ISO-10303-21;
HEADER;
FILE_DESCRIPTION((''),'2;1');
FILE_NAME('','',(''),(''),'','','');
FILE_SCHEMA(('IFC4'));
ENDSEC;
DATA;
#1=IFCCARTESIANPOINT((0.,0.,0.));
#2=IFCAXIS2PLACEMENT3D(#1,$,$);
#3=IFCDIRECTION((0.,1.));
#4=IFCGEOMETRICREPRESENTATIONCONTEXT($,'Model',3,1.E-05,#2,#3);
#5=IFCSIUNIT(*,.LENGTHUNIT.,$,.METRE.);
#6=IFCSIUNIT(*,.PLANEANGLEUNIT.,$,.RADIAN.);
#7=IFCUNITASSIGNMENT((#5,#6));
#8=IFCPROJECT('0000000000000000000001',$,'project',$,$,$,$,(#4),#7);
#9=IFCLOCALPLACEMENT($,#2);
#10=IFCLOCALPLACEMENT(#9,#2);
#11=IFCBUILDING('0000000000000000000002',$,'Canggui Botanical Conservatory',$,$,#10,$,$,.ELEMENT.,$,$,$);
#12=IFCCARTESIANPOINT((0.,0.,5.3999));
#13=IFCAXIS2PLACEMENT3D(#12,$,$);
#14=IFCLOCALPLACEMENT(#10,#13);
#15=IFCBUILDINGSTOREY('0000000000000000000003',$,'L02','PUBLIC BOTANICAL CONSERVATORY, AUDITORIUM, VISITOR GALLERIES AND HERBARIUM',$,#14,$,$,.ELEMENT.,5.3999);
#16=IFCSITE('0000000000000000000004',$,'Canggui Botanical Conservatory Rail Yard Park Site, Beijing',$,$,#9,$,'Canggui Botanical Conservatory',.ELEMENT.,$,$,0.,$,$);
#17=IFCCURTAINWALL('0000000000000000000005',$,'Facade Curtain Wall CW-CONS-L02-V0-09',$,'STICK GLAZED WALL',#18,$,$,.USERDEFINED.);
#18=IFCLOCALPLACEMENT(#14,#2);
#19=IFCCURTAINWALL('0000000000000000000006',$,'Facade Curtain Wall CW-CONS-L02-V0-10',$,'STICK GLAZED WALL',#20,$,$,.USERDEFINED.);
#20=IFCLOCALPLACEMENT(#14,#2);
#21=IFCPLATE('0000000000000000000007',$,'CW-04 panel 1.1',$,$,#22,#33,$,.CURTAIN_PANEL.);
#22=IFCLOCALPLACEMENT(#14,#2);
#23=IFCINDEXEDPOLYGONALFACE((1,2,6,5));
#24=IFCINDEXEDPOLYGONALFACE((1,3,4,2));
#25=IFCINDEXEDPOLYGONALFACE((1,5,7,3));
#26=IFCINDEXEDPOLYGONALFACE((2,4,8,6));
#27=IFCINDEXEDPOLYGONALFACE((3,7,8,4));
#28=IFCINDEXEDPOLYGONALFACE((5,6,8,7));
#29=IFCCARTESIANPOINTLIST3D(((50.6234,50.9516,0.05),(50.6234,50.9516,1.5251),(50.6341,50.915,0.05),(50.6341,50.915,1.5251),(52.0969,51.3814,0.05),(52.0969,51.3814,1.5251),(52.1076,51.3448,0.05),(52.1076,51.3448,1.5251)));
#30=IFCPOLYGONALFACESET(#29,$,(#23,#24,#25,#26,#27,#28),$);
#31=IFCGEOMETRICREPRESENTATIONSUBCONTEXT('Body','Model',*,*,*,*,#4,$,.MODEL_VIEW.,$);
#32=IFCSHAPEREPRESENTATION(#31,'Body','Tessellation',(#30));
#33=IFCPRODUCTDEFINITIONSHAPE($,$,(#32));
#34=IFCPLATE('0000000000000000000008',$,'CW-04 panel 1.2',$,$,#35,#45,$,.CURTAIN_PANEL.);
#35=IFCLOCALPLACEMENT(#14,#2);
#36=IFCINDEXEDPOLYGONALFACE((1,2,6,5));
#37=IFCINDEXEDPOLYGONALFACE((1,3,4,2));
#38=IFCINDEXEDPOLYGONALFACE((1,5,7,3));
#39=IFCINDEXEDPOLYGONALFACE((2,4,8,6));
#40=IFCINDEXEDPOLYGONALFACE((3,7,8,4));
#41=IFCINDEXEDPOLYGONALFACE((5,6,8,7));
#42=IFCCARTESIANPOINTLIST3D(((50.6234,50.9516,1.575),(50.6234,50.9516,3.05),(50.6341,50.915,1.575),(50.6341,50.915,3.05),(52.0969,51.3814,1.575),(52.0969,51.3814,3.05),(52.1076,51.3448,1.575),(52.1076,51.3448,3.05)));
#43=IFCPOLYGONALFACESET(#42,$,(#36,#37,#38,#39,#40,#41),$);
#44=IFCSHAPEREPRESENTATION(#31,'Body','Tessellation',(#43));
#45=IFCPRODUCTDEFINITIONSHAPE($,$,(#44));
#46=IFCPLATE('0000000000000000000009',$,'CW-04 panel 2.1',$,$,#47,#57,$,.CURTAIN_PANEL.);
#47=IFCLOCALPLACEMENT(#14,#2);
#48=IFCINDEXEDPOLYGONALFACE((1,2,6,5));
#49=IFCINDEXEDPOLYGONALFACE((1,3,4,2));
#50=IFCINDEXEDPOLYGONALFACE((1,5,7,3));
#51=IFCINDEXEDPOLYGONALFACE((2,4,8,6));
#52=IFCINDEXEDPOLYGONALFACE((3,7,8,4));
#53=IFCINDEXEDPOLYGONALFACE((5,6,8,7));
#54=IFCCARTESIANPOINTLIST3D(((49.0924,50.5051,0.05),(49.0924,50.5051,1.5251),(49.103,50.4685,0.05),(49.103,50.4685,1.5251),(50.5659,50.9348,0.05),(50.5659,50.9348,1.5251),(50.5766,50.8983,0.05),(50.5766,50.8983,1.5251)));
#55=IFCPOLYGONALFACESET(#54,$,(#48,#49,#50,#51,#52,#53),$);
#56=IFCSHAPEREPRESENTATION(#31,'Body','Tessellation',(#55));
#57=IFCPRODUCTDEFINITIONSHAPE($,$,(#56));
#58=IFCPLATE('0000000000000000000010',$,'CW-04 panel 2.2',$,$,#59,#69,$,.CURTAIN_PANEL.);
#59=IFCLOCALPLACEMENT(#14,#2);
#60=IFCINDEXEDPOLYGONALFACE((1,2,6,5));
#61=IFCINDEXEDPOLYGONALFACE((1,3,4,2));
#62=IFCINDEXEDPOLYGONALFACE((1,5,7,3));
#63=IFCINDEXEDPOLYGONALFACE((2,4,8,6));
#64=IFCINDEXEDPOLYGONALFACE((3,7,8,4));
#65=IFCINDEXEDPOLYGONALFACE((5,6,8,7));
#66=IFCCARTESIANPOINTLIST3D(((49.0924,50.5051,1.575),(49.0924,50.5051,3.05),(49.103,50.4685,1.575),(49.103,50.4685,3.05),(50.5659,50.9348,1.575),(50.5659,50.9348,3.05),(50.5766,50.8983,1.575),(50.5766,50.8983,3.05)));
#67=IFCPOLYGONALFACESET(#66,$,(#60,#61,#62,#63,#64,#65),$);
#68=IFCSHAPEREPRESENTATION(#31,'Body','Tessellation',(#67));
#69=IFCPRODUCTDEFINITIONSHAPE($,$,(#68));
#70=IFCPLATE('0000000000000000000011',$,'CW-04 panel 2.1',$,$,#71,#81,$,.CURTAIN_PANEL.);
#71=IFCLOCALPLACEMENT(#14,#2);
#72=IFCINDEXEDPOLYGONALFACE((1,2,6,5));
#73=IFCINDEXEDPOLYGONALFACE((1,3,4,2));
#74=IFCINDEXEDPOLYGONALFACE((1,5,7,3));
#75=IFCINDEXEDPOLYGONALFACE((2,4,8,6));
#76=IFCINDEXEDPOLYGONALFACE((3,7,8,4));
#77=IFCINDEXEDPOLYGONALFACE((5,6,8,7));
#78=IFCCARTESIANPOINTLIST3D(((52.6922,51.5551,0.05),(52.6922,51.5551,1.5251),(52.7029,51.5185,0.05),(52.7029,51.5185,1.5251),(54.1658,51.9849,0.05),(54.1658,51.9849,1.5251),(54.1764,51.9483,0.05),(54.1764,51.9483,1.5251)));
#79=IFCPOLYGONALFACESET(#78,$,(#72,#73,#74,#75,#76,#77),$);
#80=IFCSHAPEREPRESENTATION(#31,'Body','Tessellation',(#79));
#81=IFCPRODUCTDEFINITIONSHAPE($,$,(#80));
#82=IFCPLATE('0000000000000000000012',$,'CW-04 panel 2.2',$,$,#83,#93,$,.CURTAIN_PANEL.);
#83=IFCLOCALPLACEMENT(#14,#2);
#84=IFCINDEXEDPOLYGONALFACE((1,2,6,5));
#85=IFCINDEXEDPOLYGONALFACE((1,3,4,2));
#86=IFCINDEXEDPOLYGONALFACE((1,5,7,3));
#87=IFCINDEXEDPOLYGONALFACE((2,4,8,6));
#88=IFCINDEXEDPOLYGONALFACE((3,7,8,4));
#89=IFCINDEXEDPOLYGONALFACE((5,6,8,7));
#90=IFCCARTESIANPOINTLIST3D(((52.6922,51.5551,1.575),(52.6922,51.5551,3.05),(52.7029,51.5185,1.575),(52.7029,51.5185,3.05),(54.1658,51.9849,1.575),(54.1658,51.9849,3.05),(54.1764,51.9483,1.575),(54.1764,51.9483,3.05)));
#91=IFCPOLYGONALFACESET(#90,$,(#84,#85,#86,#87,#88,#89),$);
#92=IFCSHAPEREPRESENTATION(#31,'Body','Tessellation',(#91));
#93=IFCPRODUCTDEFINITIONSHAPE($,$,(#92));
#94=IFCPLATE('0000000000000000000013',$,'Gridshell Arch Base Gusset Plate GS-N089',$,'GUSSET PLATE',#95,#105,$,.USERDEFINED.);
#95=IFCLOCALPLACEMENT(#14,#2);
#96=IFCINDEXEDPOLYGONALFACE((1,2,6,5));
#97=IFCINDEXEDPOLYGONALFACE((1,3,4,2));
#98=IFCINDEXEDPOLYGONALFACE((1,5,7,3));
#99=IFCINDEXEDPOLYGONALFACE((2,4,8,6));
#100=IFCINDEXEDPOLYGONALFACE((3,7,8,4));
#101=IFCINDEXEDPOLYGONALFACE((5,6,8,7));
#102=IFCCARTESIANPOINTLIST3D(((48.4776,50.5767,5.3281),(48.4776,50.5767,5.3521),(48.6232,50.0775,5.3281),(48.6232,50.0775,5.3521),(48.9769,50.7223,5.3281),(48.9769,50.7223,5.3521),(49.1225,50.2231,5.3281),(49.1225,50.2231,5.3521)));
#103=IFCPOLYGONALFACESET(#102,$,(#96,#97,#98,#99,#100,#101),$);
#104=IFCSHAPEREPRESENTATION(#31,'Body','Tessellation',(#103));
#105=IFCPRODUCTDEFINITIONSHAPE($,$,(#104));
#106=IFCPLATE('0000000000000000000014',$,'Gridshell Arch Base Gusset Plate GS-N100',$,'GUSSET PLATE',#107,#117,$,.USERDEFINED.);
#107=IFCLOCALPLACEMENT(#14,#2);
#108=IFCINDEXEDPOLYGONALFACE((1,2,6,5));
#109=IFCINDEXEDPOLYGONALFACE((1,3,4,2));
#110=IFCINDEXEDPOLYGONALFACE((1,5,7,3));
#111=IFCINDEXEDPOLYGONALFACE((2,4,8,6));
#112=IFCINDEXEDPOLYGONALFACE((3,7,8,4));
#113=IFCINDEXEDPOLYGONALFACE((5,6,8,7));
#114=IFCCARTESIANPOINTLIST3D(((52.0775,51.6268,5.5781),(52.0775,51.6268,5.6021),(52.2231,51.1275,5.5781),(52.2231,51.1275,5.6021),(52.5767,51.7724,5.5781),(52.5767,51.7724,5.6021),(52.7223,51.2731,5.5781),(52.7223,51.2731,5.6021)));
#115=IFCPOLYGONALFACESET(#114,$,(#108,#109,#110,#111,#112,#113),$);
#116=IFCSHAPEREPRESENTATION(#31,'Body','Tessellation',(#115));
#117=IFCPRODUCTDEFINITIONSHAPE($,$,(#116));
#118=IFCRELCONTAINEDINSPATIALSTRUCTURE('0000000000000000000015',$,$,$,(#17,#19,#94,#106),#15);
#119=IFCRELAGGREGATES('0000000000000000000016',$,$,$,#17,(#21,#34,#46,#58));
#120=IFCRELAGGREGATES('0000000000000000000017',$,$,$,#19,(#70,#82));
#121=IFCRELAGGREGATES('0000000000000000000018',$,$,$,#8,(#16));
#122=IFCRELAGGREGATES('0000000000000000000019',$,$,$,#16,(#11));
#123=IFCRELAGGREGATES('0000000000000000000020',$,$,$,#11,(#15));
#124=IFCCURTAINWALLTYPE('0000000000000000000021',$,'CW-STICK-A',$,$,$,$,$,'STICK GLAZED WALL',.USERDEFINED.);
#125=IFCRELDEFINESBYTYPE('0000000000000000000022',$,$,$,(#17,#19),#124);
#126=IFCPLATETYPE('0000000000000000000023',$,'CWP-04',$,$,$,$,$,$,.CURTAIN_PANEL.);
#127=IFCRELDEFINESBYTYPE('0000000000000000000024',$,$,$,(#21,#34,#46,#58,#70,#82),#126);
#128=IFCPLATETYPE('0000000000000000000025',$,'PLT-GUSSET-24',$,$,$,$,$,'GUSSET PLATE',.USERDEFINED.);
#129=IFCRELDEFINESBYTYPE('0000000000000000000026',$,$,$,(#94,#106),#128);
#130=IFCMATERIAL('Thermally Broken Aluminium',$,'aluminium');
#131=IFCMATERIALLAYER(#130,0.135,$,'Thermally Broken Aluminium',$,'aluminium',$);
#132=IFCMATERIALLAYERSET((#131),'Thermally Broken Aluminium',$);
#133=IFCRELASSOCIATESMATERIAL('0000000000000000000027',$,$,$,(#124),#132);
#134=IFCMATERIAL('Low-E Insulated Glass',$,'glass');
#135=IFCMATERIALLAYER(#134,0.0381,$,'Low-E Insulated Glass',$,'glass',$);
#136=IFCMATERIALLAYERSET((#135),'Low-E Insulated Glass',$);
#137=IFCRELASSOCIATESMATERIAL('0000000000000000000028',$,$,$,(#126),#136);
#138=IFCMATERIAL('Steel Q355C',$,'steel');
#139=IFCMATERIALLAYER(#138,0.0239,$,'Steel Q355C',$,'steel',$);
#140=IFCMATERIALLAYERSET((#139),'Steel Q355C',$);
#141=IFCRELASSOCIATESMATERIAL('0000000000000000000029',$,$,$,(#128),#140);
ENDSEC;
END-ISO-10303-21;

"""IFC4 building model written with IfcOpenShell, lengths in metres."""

from ifc_helpers import new_model, si_unit, direction, frame, origin, origin_2d, place, context, subcontext, project, spatial, rectangle, extrude, material, layer, layer_set, type_object, element, aggregate, save


model = new_model("IFC4")

# Units and contexts
model_context = context("Model", 3, precision=1e-05, world=origin(), true_north=direction((0.0, 1.0)))
body_context = subcontext(model_context, "Body", "Model", "MODEL_VIEW")
ifc_project = project(units=[si_unit("LENGTHUNIT", "METRE"), si_unit("PLANEANGLEUNIT", "RADIAN")], contexts=[model_context])

# Site, building, storey
site_placement = place(None, origin())
site = spatial("IfcSite", under=ifc_project, at=site_placement, Name="Canggui Botanical Conservatory Rail Yard Park Site, Beijing", LongName="Canggui Botanical Conservatory", CompositionType="ELEMENT", RefElevation=0.0)
building_placement = place(site_placement, origin())
building = spatial("IfcBuilding", under=site, at=building_placement, Name="Canggui Botanical Conservatory", CompositionType="ELEMENT")
storey_placement = place(building_placement, frame((0.0, 0.0, 5.3999)))
storey = spatial("IfcBuildingStorey", under=building, at=storey_placement, Name="L02", Description="PUBLIC BOTANICAL CONSERVATORY, AUDITORIUM, VISITOR GALLERIES AND HERBARIUM", CompositionType="ELEMENT", Elevation=5.3999)

# Shared definitions
ifc_material_1 = material(Name="Steel Q355C", Category="steel")

# Shared definitions
ifc_material_2 = material(Name="Thermally Broken Aluminium", Category="aluminium")
ifc_layer_1 = layer(ifc_material_2, 0.135, Name="Thermally Broken Aluminium", Category="aluminium")
ifc_layer_set_1 = layer_set([ifc_layer_1], Name="Thermally Broken Aluminium")
curtain_wall_type = type_object("IfcCurtainWallType", Name="CW-STICK-A", ElementType="STICK GLAZED WALL", PredefinedType="USERDEFINED", material=ifc_layer_set_1)

# Curtain walls
curtain_wall_1_placement = place(storey_placement, origin())
curtain_wall_1 = element("IfcCurtainWall", 1, at=curtain_wall_1_placement, inside=storey, type_object=curtain_wall_type, Name="Facade Curtain Wall CW-CONS-L02-V0-09", ObjectType="STICK GLAZED WALL", PredefinedType="USERDEFINED")
curtain_wall_2_placement = place(storey_placement, origin())
curtain_wall_2 = element("IfcCurtainWall", 2, at=curtain_wall_2_placement, inside=storey, type_object=curtain_wall_type, Name="Facade Curtain Wall CW-CONS-L02-V0-10", ObjectType="STICK GLAZED WALL", PredefinedType="USERDEFINED")

# Plates
ifc_material_3 = material(Name="Low-E Insulated Glass", Category="glass")
ifc_layer_2 = layer(ifc_material_3, 0.0381, Name="Low-E Insulated Glass", Category="glass")
ifc_layer_set_2 = layer_set([ifc_layer_2], Name="Low-E Insulated Glass")
plate_type_1 = type_object("IfcPlateType", Name="CWP-04", PredefinedType="CURTAIN_PANEL", material=ifc_layer_set_2)
plate_1_placement = place(storey_placement, frame((51.3655, 51.1482, 0.05), z_axis=(0.0, 0.0, 1.0), x_axis=(-0.96, -0.28, 0.0)))
plate_1 = element("IfcPlate", 3, at=plate_1_placement, type_object=plate_type_1, Name="CW-04 panel 1.1", PredefinedType="CURTAIN_PANEL", context=body_context, shape_type="SweptSolid", body=[
    extrude(rectangle(XDim=1.5349, YDim=0.0381, at=origin_2d()), origin(), (0.0, 0.0, 1.0), 1.4751),
])
plate_2_placement = place(storey_placement, frame((51.3655, 51.1482, 1.575), z_axis=(0.0, 0.0, 1.0), x_axis=(-0.96, -0.28, 0.0)))
plate_2 = element("IfcPlate", 4, at=plate_2_placement, type_object=plate_type_1, Name="CW-04 panel 1.2", PredefinedType="CURTAIN_PANEL", context=body_context, shape_type="SweptSolid", body=[
    extrude(rectangle(XDim=1.5349, YDim=0.0381, at=origin_2d()), origin(), (0.0, 0.0, 1.0), 1.4751),
])
plate_3_placement = place(storey_placement, frame((49.8345, 50.7017, 0.05), z_axis=(0.0, 0.0, 1.0), x_axis=(-0.96, -0.28, 0.0)))
plate_3 = element("IfcPlate", 5, at=plate_3_placement, type_object=plate_type_1, Name="CW-04 panel 2.1", PredefinedType="CURTAIN_PANEL", context=body_context, shape_type="SweptSolid", body=[
    extrude(rectangle(XDim=1.5349, YDim=0.0381, at=origin_2d()), origin(), (0.0, 0.0, 1.0), 1.4751),
])
plate_4_placement = place(storey_placement, frame((49.8345, 50.7017, 1.575), z_axis=(0.0, 0.0, 1.0), x_axis=(-0.96, -0.28, 0.0)))
plate_4 = element("IfcPlate", 6, at=plate_4_placement, type_object=plate_type_1, Name="CW-04 panel 2.2", PredefinedType="CURTAIN_PANEL", context=body_context, shape_type="SweptSolid", body=[
    extrude(rectangle(XDim=1.5349, YDim=0.0381, at=origin_2d()), origin(), (0.0, 0.0, 1.0), 1.4751),
])
aggregate(curtain_wall_1, [plate_1, plate_2, plate_3, plate_4])
plate_5_placement = place(storey_placement, frame((53.4343, 51.7517, 0.05), z_axis=(0.0, 0.0, 1.0), x_axis=(-0.96, -0.28, 0.0)))
plate_5 = element("IfcPlate", 7, at=plate_5_placement, type_object=plate_type_1, Name="CW-04 panel 2.1", PredefinedType="CURTAIN_PANEL", context=body_context, shape_type="SweptSolid", body=[
    extrude(rectangle(XDim=1.5349, YDim=0.0381, at=origin_2d()), origin(), (0.0, 0.0, 1.0), 1.4751),
])
plate_6_placement = place(storey_placement, frame((53.4343, 51.7517, 1.575), z_axis=(0.0, 0.0, 1.0), x_axis=(-0.96, -0.28, 0.0)))
plate_6 = element("IfcPlate", 8, at=plate_6_placement, type_object=plate_type_1, Name="CW-04 panel 2.2", PredefinedType="CURTAIN_PANEL", context=body_context, shape_type="SweptSolid", body=[
    extrude(rectangle(XDim=1.5349, YDim=0.0381, at=origin_2d()), origin(), (0.0, 0.0, 1.0), 1.4751),
])
aggregate(curtain_wall_2, [plate_5, plate_6])

# Plates
ifc_layer_3 = layer(ifc_material_1, 0.0239, Name="Steel Q355C", Category="steel")
ifc_layer_set_3 = layer_set([ifc_layer_3], Name="Steel Q355C")
plate_type_2 = type_object("IfcPlateType", Name="PLT-GUSSET-24", ElementType="GUSSET PLATE", PredefinedType="USERDEFINED", material=ifc_layer_set_3)
for number, where, z_axis, x_axis, name in (
    (9, (48.8, 50.3999, 5.3281), (0.0, 0.0, 1.0), (0.96, 0.28, 0.0), "Gridshell Arch Base Gusset Plate GS-N089"),
    (10, (52.3999, 51.45, 5.5781), (0.0, 0.0, 1.0), (0.96, 0.28, 0.0), "Gridshell Arch Base Gusset Plate GS-N100"),
):
    element("IfcPlate", number, at=place(storey_placement, frame(where, z_axis=z_axis, x_axis=x_axis)), inside=storey, type_object=plate_type_2, Name=name, ObjectType="GUSSET PLATE", PredefinedType="USERDEFINED", context=body_context, shape_type="SweptSolid", body=[
        extrude(rectangle(XDim=0.52, YDim=0.52, at=origin_2d()), origin(), (0.0, 0.0, 1.0), 0.0239),
    ])

save(model, "model.ifc")
